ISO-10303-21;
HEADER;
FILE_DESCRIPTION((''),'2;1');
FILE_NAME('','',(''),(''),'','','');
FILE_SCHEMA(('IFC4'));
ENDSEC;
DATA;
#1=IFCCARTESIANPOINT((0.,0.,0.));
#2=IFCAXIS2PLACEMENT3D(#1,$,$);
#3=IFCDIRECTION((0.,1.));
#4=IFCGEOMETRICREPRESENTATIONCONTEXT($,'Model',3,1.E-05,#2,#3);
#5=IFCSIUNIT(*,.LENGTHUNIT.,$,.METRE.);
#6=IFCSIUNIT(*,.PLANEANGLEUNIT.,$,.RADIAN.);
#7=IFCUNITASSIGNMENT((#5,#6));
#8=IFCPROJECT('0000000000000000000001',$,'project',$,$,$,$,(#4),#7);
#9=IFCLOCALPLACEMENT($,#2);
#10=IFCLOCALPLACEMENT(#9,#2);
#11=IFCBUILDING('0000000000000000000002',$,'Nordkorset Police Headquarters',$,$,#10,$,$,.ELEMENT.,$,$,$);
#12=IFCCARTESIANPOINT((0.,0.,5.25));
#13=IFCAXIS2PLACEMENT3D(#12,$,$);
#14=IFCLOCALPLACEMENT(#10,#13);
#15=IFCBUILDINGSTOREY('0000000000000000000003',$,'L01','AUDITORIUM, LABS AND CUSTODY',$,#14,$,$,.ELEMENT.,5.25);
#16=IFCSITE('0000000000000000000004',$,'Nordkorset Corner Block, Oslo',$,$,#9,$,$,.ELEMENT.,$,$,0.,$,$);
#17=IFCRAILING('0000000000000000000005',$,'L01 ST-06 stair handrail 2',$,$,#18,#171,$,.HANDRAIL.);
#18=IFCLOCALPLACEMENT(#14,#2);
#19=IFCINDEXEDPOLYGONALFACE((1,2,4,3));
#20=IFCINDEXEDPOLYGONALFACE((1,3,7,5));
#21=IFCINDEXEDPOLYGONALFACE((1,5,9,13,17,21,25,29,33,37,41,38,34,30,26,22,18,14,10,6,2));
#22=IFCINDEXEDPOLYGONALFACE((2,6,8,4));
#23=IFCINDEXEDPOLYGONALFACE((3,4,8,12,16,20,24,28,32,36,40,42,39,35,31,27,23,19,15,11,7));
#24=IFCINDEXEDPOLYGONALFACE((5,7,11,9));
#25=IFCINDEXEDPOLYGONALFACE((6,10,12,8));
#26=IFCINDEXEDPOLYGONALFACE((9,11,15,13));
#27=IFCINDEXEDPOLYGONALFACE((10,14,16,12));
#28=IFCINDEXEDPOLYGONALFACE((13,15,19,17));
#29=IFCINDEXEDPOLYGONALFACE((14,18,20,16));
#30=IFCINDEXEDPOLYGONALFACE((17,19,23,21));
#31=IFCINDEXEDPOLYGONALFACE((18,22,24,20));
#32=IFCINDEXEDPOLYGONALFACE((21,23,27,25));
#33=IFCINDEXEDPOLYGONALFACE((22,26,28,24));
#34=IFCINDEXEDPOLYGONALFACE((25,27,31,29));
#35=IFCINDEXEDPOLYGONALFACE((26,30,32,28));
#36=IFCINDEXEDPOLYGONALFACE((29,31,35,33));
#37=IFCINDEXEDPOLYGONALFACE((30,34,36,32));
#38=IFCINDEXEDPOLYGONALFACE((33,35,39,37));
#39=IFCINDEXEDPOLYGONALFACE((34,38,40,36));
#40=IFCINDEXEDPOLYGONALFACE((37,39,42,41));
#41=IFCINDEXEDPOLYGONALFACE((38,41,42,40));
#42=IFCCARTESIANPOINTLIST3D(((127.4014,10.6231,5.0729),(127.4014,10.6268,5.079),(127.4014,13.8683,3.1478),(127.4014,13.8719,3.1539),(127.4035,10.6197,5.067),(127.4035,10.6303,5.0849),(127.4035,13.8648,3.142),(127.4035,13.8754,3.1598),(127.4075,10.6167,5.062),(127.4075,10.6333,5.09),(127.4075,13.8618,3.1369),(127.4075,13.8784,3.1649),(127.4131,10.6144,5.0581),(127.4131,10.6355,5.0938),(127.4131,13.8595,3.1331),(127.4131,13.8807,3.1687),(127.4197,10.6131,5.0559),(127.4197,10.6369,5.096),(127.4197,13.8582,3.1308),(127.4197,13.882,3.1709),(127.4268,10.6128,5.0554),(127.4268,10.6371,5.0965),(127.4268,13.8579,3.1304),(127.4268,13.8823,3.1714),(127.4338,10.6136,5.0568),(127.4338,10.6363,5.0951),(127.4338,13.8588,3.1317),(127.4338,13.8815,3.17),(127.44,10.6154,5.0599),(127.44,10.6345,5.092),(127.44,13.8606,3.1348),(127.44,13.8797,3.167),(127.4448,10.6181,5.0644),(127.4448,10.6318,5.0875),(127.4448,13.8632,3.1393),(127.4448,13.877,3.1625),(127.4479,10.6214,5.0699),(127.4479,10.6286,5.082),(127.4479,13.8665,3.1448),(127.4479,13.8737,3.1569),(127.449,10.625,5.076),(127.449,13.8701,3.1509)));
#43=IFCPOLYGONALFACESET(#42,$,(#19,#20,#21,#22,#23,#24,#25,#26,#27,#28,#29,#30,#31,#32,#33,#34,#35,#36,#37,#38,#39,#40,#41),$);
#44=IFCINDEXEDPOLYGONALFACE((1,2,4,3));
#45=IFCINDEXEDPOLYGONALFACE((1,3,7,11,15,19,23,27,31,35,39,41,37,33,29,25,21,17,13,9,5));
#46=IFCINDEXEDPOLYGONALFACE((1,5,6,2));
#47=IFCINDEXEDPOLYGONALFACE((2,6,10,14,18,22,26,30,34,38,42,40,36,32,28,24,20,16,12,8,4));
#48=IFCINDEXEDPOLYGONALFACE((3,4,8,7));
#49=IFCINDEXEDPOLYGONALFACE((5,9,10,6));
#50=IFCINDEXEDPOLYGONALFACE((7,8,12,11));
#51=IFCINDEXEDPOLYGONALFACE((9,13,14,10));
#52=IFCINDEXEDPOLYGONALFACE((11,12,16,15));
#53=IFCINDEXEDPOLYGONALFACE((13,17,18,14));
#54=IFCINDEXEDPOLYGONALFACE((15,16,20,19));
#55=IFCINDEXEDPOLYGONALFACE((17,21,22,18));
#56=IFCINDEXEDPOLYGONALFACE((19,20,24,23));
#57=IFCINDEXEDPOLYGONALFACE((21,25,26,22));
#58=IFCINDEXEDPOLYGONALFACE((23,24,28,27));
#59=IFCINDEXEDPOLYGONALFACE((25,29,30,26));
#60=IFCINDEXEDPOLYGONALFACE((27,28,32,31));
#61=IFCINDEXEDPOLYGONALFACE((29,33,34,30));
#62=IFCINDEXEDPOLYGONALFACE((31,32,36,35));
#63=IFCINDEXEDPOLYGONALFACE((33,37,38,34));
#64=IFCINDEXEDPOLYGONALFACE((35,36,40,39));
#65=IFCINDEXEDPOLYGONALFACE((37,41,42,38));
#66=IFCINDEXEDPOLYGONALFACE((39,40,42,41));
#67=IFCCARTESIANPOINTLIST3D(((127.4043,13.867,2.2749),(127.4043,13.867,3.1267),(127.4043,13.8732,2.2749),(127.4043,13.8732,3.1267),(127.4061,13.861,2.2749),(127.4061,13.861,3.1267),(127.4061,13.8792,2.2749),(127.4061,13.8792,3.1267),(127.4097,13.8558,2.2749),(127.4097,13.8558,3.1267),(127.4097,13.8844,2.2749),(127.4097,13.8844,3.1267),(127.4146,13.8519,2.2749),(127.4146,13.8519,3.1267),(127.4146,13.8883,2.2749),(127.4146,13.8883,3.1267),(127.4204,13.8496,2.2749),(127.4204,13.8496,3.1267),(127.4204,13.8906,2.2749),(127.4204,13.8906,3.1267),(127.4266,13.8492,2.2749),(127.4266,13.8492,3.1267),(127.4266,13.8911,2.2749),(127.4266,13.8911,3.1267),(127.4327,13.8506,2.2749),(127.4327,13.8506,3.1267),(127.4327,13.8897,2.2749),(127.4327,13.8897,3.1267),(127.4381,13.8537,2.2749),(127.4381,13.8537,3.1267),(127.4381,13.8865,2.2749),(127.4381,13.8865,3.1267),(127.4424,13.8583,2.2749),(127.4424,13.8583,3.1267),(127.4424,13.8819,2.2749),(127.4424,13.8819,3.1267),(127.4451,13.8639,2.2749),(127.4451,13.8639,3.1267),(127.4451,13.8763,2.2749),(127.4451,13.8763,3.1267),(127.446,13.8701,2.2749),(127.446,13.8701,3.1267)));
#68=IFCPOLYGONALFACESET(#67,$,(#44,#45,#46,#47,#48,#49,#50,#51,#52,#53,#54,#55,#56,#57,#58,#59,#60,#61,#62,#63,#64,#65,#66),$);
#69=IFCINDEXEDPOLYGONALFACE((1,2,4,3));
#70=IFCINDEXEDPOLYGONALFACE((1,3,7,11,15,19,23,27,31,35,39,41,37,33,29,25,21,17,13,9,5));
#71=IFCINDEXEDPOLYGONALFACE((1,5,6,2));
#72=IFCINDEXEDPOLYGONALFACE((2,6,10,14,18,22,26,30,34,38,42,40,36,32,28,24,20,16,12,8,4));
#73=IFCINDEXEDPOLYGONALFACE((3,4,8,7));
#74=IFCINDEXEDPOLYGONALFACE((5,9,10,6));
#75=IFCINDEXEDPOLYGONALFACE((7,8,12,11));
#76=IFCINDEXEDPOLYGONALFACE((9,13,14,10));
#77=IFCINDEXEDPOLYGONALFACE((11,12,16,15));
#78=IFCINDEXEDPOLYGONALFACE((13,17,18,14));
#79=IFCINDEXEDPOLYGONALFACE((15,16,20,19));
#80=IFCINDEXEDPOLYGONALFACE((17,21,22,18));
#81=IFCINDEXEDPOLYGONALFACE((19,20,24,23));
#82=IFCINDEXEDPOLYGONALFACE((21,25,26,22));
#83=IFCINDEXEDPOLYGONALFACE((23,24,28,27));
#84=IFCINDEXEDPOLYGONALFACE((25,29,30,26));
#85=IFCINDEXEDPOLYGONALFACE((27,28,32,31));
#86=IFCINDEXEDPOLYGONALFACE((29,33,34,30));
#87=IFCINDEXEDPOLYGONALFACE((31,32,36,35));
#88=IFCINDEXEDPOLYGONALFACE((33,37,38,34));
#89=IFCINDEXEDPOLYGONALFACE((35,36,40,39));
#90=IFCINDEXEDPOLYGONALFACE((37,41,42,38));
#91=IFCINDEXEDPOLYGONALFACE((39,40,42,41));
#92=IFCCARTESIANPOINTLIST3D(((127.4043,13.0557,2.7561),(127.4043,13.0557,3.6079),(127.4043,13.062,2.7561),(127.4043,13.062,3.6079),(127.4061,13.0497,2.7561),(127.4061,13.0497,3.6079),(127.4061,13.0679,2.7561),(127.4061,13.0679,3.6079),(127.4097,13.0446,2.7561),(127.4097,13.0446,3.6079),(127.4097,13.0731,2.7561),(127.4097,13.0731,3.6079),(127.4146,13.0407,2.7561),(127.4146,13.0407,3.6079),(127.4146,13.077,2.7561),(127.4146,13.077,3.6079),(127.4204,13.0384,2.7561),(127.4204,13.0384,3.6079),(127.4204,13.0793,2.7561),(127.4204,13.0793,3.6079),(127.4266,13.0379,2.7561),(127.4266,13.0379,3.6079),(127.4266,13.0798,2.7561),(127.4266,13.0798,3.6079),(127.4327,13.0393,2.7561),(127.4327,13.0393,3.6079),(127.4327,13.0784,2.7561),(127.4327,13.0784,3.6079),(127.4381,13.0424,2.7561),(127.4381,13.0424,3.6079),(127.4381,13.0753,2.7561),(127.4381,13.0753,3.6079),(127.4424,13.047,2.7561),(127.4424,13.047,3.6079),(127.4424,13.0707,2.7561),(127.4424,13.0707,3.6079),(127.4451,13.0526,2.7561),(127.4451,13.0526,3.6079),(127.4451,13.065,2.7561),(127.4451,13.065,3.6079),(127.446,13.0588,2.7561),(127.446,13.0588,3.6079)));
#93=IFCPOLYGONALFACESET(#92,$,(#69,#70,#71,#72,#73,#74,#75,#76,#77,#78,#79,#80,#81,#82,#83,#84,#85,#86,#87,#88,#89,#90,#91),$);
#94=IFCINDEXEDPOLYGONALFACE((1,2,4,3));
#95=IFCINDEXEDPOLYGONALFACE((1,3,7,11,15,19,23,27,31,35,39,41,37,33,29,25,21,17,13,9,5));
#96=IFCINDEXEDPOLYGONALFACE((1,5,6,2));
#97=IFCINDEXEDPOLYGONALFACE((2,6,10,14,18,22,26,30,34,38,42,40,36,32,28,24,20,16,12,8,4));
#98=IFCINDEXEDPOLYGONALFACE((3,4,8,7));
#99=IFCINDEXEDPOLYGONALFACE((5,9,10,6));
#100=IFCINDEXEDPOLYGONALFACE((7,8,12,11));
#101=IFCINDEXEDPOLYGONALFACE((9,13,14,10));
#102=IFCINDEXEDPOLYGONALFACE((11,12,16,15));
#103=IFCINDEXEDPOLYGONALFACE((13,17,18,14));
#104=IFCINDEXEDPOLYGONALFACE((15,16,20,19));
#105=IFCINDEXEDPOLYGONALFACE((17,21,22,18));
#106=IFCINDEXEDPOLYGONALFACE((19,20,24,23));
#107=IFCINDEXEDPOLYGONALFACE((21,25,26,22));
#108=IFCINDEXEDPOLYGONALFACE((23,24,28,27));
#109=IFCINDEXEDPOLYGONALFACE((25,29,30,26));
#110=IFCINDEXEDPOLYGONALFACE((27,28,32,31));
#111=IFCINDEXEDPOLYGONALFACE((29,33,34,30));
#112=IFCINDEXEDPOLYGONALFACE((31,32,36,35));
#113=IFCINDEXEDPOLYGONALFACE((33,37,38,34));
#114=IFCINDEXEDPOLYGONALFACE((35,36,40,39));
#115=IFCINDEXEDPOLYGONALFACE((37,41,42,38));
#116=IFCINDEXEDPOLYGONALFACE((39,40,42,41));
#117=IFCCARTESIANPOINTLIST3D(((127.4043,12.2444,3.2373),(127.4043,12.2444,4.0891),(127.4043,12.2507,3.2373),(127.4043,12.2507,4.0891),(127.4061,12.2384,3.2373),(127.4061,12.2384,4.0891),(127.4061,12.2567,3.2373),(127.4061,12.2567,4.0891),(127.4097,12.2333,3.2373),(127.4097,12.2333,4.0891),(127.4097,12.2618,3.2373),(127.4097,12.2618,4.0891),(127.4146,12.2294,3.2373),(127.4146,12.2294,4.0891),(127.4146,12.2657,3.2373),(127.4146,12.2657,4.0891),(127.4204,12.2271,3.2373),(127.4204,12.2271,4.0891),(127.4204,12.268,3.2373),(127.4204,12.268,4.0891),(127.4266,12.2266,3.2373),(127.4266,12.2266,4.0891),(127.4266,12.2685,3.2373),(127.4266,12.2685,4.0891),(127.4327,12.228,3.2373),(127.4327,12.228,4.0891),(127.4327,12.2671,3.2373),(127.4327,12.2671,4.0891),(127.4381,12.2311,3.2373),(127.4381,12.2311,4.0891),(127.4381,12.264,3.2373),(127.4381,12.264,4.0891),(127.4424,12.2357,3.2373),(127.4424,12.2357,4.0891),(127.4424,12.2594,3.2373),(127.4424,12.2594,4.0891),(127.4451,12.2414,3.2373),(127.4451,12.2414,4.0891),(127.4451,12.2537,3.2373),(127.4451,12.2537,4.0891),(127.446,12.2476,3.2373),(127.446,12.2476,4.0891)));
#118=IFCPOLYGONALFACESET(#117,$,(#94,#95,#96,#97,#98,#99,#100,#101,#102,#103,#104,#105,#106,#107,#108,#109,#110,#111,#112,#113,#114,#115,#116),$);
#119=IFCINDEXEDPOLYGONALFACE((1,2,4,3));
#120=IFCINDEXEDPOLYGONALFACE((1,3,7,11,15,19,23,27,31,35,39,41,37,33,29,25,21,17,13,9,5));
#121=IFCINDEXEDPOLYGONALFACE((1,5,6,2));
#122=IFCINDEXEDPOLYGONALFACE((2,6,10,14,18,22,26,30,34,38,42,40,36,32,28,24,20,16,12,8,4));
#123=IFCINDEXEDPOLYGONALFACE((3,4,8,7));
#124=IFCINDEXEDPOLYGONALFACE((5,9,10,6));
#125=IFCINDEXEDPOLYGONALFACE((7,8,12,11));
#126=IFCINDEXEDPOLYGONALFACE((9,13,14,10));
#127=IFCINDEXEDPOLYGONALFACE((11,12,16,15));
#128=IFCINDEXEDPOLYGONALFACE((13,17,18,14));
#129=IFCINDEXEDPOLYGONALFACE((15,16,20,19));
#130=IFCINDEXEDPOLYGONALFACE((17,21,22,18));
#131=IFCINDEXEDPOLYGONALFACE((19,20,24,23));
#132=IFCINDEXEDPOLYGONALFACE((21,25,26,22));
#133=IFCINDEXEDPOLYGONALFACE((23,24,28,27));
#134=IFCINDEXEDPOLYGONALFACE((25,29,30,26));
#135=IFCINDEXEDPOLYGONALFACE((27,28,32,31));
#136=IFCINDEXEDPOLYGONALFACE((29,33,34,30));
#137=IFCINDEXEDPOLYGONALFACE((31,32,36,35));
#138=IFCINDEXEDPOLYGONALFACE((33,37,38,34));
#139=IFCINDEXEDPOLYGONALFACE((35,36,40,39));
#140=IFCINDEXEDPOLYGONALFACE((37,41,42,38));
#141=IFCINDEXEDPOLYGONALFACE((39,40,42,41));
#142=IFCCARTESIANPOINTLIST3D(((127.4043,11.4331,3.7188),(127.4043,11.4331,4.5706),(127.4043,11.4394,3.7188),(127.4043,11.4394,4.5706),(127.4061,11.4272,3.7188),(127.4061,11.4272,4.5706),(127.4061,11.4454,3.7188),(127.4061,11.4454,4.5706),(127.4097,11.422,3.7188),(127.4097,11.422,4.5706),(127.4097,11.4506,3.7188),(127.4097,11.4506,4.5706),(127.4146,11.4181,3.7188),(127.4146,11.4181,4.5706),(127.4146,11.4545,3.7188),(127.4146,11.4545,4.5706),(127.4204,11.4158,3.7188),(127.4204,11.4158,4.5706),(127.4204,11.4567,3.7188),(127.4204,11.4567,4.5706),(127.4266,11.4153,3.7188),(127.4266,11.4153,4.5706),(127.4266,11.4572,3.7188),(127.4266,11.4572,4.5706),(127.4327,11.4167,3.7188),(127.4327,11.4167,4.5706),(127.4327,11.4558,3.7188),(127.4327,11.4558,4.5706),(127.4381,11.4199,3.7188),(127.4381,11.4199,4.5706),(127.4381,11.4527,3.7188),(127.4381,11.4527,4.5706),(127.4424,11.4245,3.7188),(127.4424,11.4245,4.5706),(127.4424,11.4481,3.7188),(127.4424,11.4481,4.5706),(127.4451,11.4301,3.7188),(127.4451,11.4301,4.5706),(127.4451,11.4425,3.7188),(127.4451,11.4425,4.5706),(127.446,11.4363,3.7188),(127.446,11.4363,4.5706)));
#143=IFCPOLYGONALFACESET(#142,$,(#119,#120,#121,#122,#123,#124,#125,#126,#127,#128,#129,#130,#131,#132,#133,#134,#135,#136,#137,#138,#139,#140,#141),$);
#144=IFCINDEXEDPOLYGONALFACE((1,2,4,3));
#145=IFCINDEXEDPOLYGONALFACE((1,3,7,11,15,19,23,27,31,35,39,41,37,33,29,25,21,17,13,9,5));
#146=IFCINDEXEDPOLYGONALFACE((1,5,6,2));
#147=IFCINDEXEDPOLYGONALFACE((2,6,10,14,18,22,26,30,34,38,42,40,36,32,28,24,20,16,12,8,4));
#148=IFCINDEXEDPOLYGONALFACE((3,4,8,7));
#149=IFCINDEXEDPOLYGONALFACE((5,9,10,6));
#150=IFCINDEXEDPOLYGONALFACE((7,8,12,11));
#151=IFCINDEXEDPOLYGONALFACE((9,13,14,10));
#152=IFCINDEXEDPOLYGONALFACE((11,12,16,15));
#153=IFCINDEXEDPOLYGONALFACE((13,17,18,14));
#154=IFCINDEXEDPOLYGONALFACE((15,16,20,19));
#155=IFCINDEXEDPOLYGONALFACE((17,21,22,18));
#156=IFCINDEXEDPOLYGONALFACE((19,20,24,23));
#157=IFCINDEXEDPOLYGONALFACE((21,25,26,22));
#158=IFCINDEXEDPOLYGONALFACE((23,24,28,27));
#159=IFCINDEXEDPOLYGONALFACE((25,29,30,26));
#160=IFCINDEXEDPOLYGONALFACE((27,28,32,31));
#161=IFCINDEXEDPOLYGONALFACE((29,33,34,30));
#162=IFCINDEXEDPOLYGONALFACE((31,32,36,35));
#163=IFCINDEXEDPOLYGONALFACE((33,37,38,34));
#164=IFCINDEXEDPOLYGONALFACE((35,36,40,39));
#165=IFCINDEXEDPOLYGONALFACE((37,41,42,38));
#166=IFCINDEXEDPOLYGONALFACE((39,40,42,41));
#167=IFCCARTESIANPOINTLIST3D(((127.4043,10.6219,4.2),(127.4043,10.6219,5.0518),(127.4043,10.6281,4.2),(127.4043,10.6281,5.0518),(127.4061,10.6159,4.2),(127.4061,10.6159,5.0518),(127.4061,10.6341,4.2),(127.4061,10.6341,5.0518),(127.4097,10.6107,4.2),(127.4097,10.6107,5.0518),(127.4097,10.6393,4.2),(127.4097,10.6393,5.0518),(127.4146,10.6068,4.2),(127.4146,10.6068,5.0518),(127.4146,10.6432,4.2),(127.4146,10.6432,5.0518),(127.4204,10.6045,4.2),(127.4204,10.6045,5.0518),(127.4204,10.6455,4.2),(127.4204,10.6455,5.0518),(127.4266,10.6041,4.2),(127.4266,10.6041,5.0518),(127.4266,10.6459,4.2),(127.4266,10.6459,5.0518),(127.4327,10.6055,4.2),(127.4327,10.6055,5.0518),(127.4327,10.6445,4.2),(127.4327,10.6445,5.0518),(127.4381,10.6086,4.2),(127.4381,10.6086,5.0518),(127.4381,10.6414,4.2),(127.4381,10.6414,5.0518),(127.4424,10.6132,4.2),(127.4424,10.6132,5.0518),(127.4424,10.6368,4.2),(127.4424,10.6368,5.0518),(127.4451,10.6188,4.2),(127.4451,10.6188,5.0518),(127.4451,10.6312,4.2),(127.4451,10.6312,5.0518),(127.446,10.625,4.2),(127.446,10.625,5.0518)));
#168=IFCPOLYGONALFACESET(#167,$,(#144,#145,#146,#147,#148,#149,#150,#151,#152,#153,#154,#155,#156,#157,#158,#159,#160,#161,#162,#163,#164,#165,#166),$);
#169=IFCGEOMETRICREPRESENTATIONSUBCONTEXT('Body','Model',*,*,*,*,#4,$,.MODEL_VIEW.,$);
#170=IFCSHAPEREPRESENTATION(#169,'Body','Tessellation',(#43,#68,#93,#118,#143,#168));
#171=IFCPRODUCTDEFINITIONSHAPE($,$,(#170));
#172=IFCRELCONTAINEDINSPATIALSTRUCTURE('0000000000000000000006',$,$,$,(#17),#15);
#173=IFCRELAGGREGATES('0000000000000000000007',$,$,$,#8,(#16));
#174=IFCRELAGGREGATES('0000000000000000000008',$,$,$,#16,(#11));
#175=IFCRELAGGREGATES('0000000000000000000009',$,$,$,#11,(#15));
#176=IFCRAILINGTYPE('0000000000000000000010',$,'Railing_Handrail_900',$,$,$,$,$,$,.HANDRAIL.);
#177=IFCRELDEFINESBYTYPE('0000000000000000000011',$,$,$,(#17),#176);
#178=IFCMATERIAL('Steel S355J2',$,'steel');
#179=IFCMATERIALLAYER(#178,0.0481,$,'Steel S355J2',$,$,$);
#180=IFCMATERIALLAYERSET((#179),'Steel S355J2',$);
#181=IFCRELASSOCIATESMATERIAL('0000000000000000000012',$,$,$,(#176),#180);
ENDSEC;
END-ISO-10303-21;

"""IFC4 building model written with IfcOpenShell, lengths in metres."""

from ifc_helpers import new_model, si_unit, direction, frame, origin, origin_2d, place, context, subcontext, project, spatial, circle, extrude, material, layer, layer_set, type_object, element, save


model = new_model("IFC4")

# Units and contexts
model_context = context("Model", 3, precision=1e-05, world=origin(), true_north=direction((0.0, 1.0)))
body_context = subcontext(model_context, "Body", "Model", "MODEL_VIEW")
ifc_project = project(units=[si_unit("LENGTHUNIT", "METRE"), si_unit("PLANEANGLEUNIT", "RADIAN")], contexts=[model_context])

# Site, building, storey
site_placement = place(None, origin())
site = spatial("IfcSite", under=ifc_project, at=site_placement, Name="Nordkorset Corner Block, Oslo", CompositionType="ELEMENT", RefElevation=0.0)
building_placement = place(site_placement, origin())
building = spatial("IfcBuilding", under=site, at=building_placement, Name="Nordkorset Police Headquarters", CompositionType="ELEMENT")
storey_placement = place(building_placement, frame((0.0, 0.0, 5.25)))
storey = spatial("IfcBuildingStorey", under=building, at=storey_placement, Name="L01", Description="AUDITORIUM, LABS AND CUSTODY", CompositionType="ELEMENT", Elevation=5.25)

# Railing
ifc_material_1 = material(Name="Steel S355J2", Category="steel")
ifc_layer_1 = layer(ifc_material_1, 0.0481, Name="Steel S355J2")
ifc_layer_set_1 = layer_set([ifc_layer_1], Name="Steel S355J2")
railing_type_1 = type_object("IfcRailingType", Name="Railing_Handrail_900", PredefinedType="HANDRAIL", material=ifc_layer_set_1)
railing_1_placement = place(storey_placement, frame((127.425, 13.8701, 2.2749)))
element("IfcRailing", 1, at=railing_1_placement, inside=storey, type_object=railing_type_1, Name="L01 ST-06 stair handrail 2", PredefinedType="HANDRAIL", context=body_context, shape_type="SweptSolid", body=[
    extrude(circle(Radius=0.0239, at=origin_2d()), frame((0.0, 0.0, 0.876), z_axis=(0.0, -0.860057, 0.510198), x_axis=(1.0, 0.0, 0.0)), (0.0, 0.0, 1.0), 3.7732),
    extrude(circle(Radius=0.021, at=origin_2d()), origin(), (0.0, 0.0, 1.0), 0.8518),
    extrude(circle(Radius=0.021, at=origin_2d()), frame((0.0, -0.8113, 0.4812)), (0.0, 0.0, 1.0), 0.8518),
    extrude(circle(Radius=0.021, at=origin_2d()), frame((0.0, -1.6226, 0.9624)), (0.0, 0.0, 1.0), 0.8518),
    extrude(circle(Radius=0.021, at=origin_2d()), frame((0.0, -2.4338, 1.4438)), (0.0, 0.0, 1.0), 0.8518),
    extrude(circle(Radius=0.021, at=origin_2d()), frame((0.0, -3.2451, 1.925)), (0.0, 0.0, 1.0), 0.8518),
])

save(model, "model.ifc")
